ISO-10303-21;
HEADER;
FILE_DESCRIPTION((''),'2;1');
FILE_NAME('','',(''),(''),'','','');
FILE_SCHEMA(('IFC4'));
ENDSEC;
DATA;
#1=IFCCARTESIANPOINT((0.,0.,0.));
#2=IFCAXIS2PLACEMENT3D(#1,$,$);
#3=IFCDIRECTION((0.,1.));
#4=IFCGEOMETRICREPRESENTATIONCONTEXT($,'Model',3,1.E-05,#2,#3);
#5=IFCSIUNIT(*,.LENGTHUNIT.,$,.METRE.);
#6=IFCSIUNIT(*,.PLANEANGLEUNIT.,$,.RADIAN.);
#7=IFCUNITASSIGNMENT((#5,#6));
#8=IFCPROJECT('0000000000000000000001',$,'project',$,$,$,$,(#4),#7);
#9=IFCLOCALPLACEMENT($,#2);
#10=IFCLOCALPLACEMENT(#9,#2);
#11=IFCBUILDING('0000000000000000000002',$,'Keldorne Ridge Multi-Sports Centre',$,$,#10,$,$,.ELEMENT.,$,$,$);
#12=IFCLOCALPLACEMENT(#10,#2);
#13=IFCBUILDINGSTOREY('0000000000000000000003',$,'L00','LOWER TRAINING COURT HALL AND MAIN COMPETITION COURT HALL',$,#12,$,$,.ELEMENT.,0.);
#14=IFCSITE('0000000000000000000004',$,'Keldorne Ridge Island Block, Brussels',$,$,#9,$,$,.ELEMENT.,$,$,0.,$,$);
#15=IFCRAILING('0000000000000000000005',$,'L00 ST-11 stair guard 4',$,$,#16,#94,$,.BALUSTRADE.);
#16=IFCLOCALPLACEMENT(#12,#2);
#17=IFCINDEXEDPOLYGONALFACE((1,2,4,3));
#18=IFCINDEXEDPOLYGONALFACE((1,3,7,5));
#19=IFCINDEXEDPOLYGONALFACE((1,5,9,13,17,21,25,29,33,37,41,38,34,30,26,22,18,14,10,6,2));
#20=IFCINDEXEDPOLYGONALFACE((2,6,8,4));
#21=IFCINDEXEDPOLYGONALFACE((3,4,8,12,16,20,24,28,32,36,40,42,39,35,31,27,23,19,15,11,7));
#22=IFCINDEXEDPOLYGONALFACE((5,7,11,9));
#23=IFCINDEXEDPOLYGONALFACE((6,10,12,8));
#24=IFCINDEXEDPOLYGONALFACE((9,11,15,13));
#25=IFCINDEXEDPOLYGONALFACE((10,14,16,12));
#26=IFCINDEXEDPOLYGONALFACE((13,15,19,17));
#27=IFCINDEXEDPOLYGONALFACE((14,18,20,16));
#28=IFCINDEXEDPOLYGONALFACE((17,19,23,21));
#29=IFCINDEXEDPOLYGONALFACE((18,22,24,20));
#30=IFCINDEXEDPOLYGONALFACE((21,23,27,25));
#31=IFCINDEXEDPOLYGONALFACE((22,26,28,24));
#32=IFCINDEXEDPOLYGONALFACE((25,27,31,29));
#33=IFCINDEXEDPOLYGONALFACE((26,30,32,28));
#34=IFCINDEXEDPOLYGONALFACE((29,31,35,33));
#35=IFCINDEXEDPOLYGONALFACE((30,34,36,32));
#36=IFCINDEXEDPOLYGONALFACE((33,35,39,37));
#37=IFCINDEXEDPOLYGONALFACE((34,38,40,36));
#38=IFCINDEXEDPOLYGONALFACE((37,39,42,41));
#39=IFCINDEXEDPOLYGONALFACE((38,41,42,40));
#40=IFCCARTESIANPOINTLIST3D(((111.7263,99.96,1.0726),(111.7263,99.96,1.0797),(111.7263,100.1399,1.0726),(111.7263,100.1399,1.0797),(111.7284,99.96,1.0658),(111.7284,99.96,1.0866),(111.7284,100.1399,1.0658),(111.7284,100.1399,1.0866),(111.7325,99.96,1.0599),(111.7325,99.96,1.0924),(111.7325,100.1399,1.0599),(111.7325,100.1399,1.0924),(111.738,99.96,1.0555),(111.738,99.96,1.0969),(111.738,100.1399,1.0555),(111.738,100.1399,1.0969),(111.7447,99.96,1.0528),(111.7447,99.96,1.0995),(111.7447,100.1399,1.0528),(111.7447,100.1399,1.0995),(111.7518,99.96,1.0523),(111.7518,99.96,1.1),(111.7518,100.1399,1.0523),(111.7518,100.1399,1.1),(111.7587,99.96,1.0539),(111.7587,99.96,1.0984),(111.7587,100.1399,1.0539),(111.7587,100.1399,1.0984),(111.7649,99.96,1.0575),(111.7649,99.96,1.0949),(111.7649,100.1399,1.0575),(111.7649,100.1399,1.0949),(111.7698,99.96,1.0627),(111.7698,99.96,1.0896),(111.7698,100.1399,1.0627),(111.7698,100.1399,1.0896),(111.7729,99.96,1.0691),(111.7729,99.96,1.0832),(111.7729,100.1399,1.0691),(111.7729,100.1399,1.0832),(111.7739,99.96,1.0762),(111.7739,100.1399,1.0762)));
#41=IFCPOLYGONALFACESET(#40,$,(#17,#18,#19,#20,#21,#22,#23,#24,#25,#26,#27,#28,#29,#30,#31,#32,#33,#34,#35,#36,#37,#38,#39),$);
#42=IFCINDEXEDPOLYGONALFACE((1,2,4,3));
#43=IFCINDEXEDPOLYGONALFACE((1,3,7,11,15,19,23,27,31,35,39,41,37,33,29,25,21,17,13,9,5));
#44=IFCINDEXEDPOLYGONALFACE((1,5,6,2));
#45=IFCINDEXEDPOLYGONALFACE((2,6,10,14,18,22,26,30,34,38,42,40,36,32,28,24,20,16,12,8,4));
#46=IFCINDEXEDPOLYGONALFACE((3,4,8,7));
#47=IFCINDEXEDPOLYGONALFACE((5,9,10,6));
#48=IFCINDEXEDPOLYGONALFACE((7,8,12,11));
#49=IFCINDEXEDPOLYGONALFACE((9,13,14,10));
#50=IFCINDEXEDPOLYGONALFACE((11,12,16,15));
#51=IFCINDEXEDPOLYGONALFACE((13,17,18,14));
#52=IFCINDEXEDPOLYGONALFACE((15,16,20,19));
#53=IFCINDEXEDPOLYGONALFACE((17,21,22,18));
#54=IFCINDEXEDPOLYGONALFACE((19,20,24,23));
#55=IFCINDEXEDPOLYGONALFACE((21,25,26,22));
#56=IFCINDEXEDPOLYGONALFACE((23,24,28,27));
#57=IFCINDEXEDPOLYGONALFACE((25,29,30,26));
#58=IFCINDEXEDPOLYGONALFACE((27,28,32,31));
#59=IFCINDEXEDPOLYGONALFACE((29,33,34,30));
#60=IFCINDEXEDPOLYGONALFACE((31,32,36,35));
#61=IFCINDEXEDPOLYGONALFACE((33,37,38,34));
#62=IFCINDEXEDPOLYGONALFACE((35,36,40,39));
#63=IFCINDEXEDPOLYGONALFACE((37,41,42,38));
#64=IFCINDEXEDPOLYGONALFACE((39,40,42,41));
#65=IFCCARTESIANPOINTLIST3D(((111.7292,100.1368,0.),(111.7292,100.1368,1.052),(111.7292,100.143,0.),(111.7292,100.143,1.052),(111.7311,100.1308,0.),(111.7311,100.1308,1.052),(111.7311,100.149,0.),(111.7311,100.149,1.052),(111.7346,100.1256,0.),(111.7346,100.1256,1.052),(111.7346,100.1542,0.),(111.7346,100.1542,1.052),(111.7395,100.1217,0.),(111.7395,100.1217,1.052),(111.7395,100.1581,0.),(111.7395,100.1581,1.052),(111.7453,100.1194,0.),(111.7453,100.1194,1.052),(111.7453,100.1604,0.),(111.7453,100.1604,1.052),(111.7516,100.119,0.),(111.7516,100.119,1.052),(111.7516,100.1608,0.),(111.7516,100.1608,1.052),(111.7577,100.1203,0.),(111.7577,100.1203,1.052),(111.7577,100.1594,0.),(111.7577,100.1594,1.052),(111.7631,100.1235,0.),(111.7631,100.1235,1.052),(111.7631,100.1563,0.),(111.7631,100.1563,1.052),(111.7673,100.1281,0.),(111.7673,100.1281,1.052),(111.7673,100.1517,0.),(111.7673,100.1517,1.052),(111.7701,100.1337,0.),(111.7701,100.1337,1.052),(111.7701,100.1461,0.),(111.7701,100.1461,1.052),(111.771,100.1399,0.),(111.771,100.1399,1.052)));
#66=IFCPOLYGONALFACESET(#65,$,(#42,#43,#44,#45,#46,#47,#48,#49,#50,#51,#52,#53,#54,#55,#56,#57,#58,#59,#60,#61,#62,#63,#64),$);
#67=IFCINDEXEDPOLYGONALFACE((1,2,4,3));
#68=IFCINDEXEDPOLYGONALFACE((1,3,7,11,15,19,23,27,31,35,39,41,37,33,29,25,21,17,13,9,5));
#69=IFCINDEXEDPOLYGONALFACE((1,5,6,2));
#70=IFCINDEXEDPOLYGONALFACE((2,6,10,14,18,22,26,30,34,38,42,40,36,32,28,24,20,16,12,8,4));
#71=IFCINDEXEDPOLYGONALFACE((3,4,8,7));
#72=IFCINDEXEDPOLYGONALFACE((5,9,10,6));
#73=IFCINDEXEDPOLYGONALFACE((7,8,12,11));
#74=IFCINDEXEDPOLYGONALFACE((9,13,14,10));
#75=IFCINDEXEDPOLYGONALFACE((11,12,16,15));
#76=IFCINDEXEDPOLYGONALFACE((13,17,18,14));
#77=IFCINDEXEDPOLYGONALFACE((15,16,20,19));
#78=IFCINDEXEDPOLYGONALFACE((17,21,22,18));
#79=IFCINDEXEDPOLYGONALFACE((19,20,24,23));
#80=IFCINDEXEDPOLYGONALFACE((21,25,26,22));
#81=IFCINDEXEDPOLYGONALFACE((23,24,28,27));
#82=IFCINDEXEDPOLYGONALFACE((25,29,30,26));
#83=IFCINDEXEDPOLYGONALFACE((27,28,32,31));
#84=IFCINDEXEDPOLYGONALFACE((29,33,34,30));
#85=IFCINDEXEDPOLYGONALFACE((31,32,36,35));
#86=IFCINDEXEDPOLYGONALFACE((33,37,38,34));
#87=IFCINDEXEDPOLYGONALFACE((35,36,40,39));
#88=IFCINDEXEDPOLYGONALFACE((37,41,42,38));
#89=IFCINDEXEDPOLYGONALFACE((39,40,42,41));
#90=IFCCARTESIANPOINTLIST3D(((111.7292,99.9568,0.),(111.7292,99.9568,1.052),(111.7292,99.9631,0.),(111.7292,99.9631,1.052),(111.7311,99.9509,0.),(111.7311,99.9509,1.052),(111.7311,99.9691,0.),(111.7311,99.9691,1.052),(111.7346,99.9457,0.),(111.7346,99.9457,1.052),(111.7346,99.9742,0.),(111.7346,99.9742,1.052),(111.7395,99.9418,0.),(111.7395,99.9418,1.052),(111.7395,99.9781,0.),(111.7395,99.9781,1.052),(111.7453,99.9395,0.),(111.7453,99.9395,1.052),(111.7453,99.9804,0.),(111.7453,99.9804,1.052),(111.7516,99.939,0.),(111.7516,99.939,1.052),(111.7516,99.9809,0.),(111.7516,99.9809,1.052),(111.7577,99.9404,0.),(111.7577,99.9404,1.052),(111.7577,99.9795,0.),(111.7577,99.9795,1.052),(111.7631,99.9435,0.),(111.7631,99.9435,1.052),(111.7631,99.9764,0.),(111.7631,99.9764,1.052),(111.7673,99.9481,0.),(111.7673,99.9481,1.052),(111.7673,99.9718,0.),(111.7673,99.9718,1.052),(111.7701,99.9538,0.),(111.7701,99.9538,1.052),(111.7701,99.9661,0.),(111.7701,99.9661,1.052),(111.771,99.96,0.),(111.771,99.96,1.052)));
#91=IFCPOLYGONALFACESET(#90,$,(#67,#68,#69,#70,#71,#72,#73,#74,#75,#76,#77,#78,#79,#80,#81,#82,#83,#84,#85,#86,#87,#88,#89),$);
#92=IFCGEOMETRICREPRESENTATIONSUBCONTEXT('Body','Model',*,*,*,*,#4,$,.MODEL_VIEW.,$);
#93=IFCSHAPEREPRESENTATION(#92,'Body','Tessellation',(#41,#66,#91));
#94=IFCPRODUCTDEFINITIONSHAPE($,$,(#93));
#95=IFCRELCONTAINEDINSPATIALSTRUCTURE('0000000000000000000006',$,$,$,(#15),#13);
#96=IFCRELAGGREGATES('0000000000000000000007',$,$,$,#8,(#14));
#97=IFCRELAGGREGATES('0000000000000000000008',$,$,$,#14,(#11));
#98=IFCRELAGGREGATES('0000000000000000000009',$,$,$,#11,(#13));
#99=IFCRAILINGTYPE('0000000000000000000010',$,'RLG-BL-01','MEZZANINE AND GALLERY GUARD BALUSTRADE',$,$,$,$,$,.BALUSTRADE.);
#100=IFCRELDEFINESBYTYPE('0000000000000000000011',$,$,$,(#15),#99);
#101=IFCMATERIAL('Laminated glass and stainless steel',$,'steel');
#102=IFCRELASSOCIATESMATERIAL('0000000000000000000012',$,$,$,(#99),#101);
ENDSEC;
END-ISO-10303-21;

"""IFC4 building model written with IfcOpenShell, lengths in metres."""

from ifc_helpers import new_model, si_unit, direction, frame, origin, origin_2d, place, context, subcontext, project, spatial, circle, extrude, material, type_object, element, save


model = new_model("IFC4")

# Units and contexts
model_context = context("Model", 3, precision=1e-05, world=origin(), true_north=direction((0.0, 1.0)))
body_context = subcontext(model_context, "Body", "Model", "MODEL_VIEW")
ifc_project = project(units=[si_unit("LENGTHUNIT", "METRE"), si_unit("PLANEANGLEUNIT", "RADIAN")], contexts=[model_context])

# Site, building, storey
site_placement = place(None, origin())
site = spatial("IfcSite", under=ifc_project, at=site_placement, Name="Keldorne Ridge Island Block, Brussels", CompositionType="ELEMENT", RefElevation=0.0)
building_placement = place(site_placement, origin())
building = spatial("IfcBuilding", under=site, at=building_placement, Name="Keldorne Ridge Multi-Sports Centre", CompositionType="ELEMENT")
storey_placement = place(building_placement, origin())
storey = spatial("IfcBuildingStorey", under=building, at=storey_placement, Name="L00", Description="LOWER TRAINING COURT HALL AND MAIN COMPETITION COURT HALL", CompositionType="ELEMENT", Elevation=0.0)

# Railing
ifc_material_1 = material(Name="Laminated glass and stainless steel", Category="steel")
railing_type_1 = type_object("IfcRailingType", Name="RLG-BL-01", Description="MEZZANINE AND GALLERY GUARD BALUSTRADE", PredefinedType="BALUSTRADE", material=ifc_material_1)
railing_1_placement = place(storey_placement, frame((111.75, 100.1399, 0.0)))
element("IfcRailing", 1, at=railing_1_placement, inside=storey, type_object=railing_type_1, Name="L00 ST-11 stair guard 4", PredefinedType="BALUSTRADE", context=body_context, shape_type="SweptSolid", body=[
    extrude(circle(Radius=0.0239, at=origin_2d()), frame((0.0, 0.0, 1.0762), z_axis=(0.0, -1.0, 0.0), x_axis=(1.0, 0.0, 0.0)), (0.0, 0.0, 1.0), 0.1799),
    extrude(circle(Radius=0.021, at=origin_2d()), origin(), (0.0, 0.0, 1.0), 1.052),
    extrude(circle(Radius=0.021, at=origin_2d()), frame((0.0, -0.1799, 0.0)), (0.0, 0.0, 1.0), 1.052),
])

save(model, "model.ifc")
